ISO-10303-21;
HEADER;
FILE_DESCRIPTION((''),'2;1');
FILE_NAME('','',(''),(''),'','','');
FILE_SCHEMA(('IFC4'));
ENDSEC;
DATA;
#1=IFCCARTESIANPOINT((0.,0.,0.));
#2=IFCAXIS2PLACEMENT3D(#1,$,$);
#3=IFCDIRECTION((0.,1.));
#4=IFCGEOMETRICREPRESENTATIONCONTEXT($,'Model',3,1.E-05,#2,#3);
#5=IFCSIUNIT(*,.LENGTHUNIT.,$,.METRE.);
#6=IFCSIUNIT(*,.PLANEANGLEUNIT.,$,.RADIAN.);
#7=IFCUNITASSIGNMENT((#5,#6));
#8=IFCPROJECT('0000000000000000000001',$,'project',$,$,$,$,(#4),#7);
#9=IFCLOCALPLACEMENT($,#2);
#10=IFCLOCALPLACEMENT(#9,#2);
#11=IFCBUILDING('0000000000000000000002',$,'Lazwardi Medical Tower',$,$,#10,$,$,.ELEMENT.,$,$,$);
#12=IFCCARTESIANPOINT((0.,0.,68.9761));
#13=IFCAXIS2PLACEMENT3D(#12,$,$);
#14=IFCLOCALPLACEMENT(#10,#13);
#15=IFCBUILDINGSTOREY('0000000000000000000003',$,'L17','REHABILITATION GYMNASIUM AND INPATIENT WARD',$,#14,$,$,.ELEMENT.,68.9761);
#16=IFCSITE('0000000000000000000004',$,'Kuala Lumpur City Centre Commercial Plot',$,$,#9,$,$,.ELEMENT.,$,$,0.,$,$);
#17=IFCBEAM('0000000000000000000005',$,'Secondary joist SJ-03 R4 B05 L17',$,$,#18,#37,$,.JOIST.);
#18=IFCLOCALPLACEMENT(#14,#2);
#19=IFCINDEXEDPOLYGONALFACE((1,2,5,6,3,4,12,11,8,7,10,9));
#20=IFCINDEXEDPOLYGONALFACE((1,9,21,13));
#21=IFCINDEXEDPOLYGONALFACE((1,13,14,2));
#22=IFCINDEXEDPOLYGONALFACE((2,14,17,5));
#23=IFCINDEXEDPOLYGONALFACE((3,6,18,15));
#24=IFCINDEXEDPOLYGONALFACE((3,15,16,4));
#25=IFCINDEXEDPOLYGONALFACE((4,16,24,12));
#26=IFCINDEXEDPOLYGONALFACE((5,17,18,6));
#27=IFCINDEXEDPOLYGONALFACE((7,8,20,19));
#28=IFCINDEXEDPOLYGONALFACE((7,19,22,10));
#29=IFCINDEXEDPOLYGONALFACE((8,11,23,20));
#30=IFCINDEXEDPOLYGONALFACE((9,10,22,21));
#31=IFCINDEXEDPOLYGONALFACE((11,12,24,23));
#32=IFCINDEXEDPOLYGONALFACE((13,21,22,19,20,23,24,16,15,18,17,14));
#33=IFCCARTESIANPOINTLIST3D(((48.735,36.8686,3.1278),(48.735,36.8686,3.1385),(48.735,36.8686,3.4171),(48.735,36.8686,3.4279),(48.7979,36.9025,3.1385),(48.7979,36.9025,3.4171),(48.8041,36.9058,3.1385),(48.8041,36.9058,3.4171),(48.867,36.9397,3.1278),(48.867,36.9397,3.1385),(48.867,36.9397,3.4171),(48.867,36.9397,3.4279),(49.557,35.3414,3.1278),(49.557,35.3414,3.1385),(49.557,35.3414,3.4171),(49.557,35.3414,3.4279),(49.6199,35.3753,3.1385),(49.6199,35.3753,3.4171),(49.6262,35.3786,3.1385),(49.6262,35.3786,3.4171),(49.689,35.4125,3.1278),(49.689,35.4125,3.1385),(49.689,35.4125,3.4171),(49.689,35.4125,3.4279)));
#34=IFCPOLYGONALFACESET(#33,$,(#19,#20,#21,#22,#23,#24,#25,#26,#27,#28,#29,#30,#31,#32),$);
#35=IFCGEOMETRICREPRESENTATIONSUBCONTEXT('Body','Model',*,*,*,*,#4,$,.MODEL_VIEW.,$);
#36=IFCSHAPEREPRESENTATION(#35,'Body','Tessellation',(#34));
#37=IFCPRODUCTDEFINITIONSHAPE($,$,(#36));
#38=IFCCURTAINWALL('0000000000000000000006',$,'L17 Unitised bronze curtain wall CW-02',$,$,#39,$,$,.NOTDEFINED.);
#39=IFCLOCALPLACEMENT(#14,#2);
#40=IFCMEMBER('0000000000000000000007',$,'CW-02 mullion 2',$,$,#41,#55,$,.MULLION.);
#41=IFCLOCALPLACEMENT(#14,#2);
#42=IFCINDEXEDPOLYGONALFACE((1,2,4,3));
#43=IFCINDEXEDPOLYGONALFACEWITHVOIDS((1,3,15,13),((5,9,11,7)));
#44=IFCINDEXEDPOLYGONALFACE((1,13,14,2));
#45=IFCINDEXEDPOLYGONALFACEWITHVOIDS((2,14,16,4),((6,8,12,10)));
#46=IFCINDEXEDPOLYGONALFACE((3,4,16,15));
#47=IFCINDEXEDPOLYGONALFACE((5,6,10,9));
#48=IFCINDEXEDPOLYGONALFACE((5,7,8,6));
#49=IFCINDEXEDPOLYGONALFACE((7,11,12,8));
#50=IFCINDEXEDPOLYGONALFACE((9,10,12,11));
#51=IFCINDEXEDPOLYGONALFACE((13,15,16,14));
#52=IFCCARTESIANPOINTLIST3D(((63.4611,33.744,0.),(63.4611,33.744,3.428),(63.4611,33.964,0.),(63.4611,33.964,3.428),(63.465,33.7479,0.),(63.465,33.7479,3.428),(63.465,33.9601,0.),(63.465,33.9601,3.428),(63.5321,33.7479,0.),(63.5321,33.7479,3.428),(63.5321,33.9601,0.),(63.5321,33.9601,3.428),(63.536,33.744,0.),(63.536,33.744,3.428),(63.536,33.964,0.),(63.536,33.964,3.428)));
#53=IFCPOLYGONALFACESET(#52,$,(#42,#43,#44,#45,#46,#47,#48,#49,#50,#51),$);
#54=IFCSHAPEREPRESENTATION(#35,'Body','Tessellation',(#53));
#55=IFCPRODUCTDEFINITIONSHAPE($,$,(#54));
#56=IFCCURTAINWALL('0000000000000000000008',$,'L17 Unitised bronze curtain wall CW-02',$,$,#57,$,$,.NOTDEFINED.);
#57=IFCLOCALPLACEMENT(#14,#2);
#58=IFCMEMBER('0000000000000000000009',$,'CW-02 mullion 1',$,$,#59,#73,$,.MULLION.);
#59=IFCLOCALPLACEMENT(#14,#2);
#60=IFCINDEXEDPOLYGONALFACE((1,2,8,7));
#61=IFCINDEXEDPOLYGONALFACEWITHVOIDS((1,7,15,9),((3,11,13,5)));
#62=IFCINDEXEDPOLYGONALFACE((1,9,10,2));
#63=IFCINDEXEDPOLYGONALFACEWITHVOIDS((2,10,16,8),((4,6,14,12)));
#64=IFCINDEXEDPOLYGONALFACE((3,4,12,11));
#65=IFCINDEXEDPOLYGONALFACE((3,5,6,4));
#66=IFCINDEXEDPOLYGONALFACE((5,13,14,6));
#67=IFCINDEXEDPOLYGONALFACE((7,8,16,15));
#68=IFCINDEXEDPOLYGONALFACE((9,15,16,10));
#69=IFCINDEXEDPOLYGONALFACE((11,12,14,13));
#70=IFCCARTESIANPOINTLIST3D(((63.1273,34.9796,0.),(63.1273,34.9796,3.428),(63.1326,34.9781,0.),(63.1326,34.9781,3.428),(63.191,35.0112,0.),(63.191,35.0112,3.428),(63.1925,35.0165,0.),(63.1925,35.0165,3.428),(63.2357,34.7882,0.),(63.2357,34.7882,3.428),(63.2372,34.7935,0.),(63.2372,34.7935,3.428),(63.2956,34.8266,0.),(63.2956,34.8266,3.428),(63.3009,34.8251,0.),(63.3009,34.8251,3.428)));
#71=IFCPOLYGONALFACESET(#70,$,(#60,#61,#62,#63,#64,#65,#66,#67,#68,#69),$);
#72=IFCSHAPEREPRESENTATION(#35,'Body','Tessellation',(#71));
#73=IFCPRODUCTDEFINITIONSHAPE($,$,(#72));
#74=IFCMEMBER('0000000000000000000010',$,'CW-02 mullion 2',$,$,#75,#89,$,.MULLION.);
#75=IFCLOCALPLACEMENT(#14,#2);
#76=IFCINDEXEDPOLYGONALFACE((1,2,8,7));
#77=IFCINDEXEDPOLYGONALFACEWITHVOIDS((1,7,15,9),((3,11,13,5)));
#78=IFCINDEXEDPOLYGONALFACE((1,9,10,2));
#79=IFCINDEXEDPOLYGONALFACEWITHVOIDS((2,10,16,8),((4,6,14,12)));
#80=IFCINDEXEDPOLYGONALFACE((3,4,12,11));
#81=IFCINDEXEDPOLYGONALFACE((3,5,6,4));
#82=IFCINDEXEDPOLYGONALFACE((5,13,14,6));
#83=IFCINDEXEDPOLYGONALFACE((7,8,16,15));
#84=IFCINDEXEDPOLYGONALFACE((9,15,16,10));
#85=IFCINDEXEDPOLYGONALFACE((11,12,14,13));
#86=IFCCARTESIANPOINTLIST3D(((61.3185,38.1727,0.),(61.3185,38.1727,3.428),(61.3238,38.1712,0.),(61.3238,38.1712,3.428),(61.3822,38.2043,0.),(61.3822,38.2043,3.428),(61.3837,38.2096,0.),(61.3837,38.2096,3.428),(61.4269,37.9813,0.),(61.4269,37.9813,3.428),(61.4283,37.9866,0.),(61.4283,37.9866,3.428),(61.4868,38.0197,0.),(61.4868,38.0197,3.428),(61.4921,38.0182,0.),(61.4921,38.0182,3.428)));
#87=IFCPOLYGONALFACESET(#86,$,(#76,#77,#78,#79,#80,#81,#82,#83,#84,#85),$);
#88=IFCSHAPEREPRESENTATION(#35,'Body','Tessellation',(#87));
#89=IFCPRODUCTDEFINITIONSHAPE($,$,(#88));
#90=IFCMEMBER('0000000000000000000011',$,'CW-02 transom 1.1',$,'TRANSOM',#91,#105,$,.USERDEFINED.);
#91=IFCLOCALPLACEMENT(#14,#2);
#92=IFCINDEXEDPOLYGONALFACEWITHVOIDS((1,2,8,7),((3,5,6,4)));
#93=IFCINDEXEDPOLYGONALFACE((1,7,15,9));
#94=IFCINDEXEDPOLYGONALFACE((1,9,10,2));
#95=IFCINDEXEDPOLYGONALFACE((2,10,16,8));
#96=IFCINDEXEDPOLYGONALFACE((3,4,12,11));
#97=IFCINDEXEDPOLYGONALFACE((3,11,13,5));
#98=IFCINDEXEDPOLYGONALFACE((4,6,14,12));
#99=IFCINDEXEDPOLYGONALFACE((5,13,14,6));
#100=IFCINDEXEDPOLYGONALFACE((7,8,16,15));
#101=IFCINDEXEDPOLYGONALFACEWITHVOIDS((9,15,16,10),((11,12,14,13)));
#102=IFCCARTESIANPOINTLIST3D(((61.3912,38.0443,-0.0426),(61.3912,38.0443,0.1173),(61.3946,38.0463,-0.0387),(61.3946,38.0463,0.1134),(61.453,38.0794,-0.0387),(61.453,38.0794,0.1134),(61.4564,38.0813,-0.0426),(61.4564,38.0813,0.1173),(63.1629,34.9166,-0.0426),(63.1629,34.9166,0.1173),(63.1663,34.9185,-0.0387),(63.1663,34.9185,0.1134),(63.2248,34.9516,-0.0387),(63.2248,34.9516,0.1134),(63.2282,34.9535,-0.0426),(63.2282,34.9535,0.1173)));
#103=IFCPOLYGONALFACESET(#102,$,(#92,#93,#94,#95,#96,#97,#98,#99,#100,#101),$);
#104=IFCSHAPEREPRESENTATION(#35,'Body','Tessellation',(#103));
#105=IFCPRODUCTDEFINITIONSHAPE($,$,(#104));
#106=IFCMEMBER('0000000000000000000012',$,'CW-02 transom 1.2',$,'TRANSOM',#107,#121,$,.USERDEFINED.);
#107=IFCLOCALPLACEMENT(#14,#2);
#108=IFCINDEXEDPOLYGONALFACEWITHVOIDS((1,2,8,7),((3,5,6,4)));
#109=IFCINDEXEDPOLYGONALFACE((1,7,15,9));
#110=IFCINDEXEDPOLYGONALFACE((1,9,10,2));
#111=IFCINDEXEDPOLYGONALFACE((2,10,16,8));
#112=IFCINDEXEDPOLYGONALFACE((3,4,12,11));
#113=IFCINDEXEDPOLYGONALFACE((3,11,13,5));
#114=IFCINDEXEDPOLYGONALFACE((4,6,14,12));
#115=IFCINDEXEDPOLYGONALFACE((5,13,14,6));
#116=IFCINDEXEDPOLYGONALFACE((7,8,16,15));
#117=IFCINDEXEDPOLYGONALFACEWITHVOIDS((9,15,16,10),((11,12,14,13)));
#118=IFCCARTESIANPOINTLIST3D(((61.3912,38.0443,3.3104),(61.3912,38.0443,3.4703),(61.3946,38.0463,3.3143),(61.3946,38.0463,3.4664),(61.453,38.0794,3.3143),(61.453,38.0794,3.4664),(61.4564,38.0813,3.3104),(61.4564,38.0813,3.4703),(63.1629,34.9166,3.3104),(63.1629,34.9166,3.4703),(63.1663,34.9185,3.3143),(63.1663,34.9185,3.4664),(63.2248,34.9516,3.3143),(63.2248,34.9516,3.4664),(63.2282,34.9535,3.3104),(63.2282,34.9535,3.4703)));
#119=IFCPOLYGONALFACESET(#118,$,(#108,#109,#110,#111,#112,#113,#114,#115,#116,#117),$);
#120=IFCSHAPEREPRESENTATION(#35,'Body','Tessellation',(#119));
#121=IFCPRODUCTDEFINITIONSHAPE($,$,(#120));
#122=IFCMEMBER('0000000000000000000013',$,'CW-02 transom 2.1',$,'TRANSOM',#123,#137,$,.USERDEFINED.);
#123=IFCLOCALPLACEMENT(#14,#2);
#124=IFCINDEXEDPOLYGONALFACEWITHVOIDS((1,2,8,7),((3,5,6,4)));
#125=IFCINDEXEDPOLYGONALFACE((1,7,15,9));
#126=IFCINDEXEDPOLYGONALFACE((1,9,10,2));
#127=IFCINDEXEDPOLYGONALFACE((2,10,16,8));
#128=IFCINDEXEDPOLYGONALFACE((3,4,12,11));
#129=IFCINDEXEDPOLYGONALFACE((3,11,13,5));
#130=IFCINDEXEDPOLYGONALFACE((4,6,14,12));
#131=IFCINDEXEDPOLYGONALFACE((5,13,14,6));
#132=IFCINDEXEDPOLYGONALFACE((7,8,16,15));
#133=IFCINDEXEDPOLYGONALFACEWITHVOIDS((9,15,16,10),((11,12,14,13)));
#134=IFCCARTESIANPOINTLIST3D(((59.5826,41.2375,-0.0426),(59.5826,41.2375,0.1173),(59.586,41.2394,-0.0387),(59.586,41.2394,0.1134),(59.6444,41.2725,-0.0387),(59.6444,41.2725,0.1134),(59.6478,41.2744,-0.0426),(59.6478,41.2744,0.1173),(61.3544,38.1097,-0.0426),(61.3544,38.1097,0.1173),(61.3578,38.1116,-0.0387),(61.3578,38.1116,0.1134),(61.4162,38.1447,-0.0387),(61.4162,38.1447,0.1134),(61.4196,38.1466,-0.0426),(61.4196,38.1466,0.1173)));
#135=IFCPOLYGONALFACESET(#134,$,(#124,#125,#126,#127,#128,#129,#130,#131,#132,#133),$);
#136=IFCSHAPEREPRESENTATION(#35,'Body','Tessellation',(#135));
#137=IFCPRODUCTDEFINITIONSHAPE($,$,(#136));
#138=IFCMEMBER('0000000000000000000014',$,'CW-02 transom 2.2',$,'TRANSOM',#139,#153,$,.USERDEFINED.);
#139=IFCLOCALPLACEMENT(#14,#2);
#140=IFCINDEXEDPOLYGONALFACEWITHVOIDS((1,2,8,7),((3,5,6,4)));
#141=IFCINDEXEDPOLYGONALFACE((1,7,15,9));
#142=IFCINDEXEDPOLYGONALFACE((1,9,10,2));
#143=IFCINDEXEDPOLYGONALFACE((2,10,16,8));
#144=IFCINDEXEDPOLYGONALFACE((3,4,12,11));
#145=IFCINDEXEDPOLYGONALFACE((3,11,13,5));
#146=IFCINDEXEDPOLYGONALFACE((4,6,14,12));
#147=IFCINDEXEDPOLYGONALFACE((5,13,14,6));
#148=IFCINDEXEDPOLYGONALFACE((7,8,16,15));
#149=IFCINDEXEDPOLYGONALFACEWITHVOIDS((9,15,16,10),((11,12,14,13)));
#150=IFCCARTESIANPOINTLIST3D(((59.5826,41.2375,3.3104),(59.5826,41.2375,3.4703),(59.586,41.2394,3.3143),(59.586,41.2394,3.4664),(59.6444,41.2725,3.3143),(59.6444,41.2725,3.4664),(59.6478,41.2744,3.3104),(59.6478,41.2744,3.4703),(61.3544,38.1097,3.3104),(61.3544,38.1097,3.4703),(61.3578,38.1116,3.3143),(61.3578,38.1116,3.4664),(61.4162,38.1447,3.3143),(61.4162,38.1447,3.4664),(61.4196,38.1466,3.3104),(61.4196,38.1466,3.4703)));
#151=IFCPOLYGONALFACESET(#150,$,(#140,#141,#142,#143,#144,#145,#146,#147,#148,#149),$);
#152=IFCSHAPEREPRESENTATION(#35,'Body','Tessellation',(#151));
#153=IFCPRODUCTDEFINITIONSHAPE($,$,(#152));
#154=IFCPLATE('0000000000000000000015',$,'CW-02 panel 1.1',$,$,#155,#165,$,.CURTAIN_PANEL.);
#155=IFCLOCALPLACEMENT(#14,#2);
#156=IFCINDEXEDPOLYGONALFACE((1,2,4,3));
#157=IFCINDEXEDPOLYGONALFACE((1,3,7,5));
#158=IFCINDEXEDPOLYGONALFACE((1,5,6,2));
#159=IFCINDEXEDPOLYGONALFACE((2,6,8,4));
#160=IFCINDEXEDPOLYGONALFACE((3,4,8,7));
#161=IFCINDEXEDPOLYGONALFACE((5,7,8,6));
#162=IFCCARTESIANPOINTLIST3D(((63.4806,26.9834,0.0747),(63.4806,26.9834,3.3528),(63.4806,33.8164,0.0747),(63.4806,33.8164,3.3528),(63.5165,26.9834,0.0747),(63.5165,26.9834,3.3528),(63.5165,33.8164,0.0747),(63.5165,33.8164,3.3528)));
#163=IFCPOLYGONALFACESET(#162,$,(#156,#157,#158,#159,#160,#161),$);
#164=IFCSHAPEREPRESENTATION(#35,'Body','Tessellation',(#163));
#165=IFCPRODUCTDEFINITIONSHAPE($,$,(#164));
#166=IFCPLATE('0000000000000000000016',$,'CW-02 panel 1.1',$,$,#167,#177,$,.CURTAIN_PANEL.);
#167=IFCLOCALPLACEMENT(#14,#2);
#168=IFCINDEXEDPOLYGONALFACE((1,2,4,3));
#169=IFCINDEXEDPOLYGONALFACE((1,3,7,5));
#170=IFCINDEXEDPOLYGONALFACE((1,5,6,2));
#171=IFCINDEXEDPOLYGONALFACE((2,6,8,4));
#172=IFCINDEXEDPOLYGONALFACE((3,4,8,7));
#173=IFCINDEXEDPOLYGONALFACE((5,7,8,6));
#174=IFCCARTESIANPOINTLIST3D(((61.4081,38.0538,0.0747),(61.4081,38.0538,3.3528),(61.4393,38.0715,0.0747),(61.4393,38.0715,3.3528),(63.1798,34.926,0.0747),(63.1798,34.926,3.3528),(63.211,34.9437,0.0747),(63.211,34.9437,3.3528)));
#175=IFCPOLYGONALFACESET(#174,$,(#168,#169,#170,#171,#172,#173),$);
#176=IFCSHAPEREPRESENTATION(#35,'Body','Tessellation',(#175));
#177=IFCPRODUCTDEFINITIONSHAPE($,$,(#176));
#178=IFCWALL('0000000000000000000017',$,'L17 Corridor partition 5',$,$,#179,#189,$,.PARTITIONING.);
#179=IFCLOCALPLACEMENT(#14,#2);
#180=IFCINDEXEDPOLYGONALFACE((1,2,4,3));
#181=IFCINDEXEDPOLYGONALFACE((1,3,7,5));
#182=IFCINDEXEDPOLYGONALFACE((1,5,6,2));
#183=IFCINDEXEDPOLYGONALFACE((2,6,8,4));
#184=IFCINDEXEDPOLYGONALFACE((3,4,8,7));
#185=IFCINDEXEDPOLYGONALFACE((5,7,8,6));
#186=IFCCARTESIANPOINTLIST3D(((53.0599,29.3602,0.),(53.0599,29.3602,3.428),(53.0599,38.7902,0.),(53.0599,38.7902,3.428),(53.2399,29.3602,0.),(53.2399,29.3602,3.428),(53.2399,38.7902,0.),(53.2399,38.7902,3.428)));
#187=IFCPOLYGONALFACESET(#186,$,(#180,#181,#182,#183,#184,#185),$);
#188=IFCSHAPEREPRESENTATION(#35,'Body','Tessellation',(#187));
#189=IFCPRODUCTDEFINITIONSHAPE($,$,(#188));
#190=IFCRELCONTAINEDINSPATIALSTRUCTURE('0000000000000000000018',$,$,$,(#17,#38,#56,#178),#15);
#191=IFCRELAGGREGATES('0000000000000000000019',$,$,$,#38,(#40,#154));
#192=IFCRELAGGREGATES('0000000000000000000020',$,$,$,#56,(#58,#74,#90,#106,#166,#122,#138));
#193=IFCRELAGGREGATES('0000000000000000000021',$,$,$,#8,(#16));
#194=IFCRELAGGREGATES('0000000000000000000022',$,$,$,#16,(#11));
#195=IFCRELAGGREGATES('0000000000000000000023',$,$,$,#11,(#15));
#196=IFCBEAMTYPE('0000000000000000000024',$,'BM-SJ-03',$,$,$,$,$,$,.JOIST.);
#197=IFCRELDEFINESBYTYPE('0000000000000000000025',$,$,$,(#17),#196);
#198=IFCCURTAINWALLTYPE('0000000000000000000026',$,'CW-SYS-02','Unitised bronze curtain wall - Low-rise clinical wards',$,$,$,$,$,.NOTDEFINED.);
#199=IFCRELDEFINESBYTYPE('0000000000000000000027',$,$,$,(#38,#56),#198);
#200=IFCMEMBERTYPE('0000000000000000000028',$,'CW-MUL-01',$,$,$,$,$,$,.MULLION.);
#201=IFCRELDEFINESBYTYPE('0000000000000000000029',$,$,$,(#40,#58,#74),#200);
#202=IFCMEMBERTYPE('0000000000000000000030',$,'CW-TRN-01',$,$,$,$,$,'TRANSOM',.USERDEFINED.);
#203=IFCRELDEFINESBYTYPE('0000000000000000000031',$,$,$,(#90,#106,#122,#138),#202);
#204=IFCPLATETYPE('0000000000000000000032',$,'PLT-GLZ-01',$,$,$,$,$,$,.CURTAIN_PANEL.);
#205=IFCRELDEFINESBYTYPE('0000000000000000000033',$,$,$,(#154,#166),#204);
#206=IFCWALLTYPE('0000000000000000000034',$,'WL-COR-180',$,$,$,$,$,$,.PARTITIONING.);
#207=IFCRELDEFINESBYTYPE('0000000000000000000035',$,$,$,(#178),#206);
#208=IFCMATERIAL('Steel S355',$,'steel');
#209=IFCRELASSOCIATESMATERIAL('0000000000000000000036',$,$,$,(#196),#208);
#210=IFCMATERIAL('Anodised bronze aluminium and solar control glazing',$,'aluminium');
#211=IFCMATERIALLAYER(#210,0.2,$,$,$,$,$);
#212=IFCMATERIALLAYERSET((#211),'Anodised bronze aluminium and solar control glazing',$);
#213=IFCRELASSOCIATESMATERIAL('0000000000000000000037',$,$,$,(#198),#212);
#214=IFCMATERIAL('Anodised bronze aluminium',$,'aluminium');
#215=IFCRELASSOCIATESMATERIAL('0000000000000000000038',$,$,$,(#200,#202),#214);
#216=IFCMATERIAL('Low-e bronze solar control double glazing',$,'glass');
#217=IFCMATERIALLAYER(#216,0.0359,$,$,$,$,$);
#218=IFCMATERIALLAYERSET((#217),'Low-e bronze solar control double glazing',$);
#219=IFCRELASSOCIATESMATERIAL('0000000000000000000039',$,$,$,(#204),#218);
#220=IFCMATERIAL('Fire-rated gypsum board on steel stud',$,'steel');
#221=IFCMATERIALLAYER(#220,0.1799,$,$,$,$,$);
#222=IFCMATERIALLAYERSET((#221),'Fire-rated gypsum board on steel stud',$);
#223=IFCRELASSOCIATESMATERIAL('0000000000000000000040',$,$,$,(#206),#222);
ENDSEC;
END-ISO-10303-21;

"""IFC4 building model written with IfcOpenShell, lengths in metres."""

from ifc_helpers import new_model, si_unit, direction, frame, frame_2d, origin, origin_2d, place, context, subcontext, project, spatial, rectangle, hollow_rectangle, i_section, extrude, material, layer, layer_set, material_profile, profile_set, type_object, element, aggregate, save


model = new_model("IFC4")

# Units and contexts
model_context = context("Model", 3, precision=1e-05, world=origin(), true_north=direction((0.0, 1.0)))
body_context = subcontext(model_context, "Body", "Model", "MODEL_VIEW")
ifc_project = project(units=[si_unit("LENGTHUNIT", "METRE"), si_unit("PLANEANGLEUNIT", "RADIAN")], contexts=[model_context])

# Site, building, storey
site_placement = place(None, origin())
site = spatial("IfcSite", under=ifc_project, at=site_placement, Name="Kuala Lumpur City Centre Commercial Plot", CompositionType="ELEMENT", RefElevation=0.0)
building_placement = place(site_placement, origin())
building = spatial("IfcBuilding", under=site, at=building_placement, Name="Lazwardi Medical Tower", CompositionType="ELEMENT")
storey_placement = place(building_placement, frame((0.0, 0.0, 68.9761)))
storey = spatial("IfcBuildingStorey", under=building, at=storey_placement, Name="L17", Description="REHABILITATION GYMNASIUM AND INPATIENT WARD", CompositionType="ELEMENT", Elevation=68.9761)

# Beam
ifc_material_1 = material(Name="Steel S355", Category="steel")
ifc_material_profile_1 = material_profile(ifc_material_1, i_section(OverallWidth=0.1499, OverallDepth=0.3, WebThickness=0.0071, FlangeThickness=0.0107, at=origin_2d()), Name="IPE 300")
ifc_profile_set_1 = profile_set([ifc_material_profile_1], Name="Steel S355")
beam_type_1 = type_object("IfcBeamType", Name="BM-SJ-03", PredefinedType="JOIST", material=ifc_profile_set_1)
beam_1_placement = place(storey_placement, frame((49.623, 35.377, 3.2778), z_axis=(-0.473982, 0.880534, 0.0), x_axis=(-0.880534, -0.473982, 0.0)))
element("IfcBeam", 1, at=beam_1_placement, inside=storey, type_object=beam_type_1, Name="Secondary joist SJ-03 R4 B05 L17", PredefinedType="JOIST", context=body_context, shape_type="SweptSolid", body=[
    extrude(i_section(OverallWidth=0.1499, OverallDepth=0.3, WebThickness=0.0071, FlangeThickness=0.0107, at=origin_2d()), origin(), (0.0, 0.0, 1.0), 1.7344),
])

# Curtain wall, member
ifc_material_2 = material(Name="Anodised bronze aluminium and solar control glazing", Category="aluminium")
ifc_layer_1 = layer(ifc_material_2, 0.2)
ifc_layer_set_1 = layer_set([ifc_layer_1], Name="Anodised bronze aluminium and solar control glazing")
curtain_wall_type = type_object("IfcCurtainWallType", Name="CW-SYS-02", Description="Unitised bronze curtain wall - Low-rise clinical wards", PredefinedType="NOTDEFINED", material=ifc_layer_set_1)
curtain_wall_1_placement = place(storey_placement, origin())
curtain_wall_1 = element("IfcCurtainWall", 2, at=curtain_wall_1_placement, inside=storey, type_object=curtain_wall_type, Name="L17 Unitised bronze curtain wall CW-02", PredefinedType="NOTDEFINED")
ifc_material_3 = material(Name="Anodised bronze aluminium", Category="aluminium")
ifc_material_profile_2 = material_profile(ifc_material_3, hollow_rectangle(XDim=0.075, YDim=0.22, WallThickness=0.0039, at=origin_2d()), Name="ALU-MULLION 220x75x4")
ifc_profile_set_2 = profile_set([ifc_material_profile_2], Name="Anodised bronze aluminium")
member_type_1 = type_object("IfcMemberType", Name="CW-MUL-01", PredefinedType="MULLION", material=ifc_profile_set_2)
member_1_placement = place(storey_placement, frame((63.4985, 33.854, 0.0), z_axis=(0.0, 0.0, 1.0), x_axis=(-1.0, 0.0, 0.0)))
member_1 = element("IfcMember", 3, at=member_1_placement, type_object=member_type_1, Name="CW-02 mullion 2", PredefinedType="MULLION", context=body_context, shape_type="SweptSolid", body=[
    extrude(hollow_rectangle(XDim=0.075, YDim=0.22, WallThickness=0.0039, at=origin_2d()), origin(), (0.0, 0.0, 1.0), 3.428),
])

# Curtain wall, members
curtain_wall_2_placement = place(storey_placement, origin())
curtain_wall_2 = element("IfcCurtainWall", 4, at=curtain_wall_2_placement, inside=storey, type_object=curtain_wall_type, Name="L17 Unitised bronze curtain wall CW-02", PredefinedType="NOTDEFINED")
member_2_placement = place(storey_placement, frame((63.2141, 34.9023, 0.0), z_axis=(0.0, 0.0, 1.0), x_axis=(-0.870112, -0.492854, 0.0)))
member_2 = element("IfcMember", 5, at=member_2_placement, type_object=member_type_1, Name="CW-02 mullion 1", PredefinedType="MULLION", context=body_context, shape_type="SweptSolid", body=[
    extrude(hollow_rectangle(XDim=0.075, YDim=0.22, WallThickness=0.0039, at=origin_2d()), origin(), (0.0, 0.0, 1.0), 3.428),
])
member_3_placement = place(storey_placement, frame((61.4053, 38.0955, 0.0), z_axis=(0.0, 0.0, 1.0), x_axis=(-0.870112, -0.492854, 0.0)))
member_3 = element("IfcMember", 6, at=member_3_placement, type_object=member_type_1, Name="CW-02 mullion 2", PredefinedType="MULLION", context=body_context, shape_type="SweptSolid", body=[
    extrude(hollow_rectangle(XDim=0.075, YDim=0.22, WallThickness=0.0039, at=origin_2d()), origin(), (0.0, 0.0, 1.0), 3.428),
])
ifc_material_profile_3 = material_profile(ifc_material_3, hollow_rectangle(XDim=0.075, YDim=0.1599, WallThickness=0.0039, at=origin_2d()), Name="ALU-TRANSOM 160x75x4")
ifc_profile_set_3 = profile_set([ifc_material_profile_3], Name="Anodised bronze aluminium")
member_type_2 = type_object("IfcMemberType", Name="CW-TRN-01", ElementType="TRANSOM", PredefinedType="USERDEFINED", material=ifc_profile_set_3)
member_4_placement = place(storey_placement, frame((63.1956, 34.9351, 0.0374), z_axis=(-0.492881, 0.870097, 0.0), x_axis=(-0.870097, -0.492881, 0.0)))
member_4 = element("IfcMember", 7, at=member_4_placement, type_object=member_type_2, Name="CW-02 transom 1.1", ObjectType="TRANSOM", PredefinedType="USERDEFINED", context=body_context, shape_type="SweptSolid", body=[
    extrude(hollow_rectangle(XDim=0.075, YDim=0.1599, WallThickness=0.0039, at=origin_2d()), origin(), (0.0, 0.0, 1.0), 3.5947),
])
member_5_placement = place(storey_placement, frame((63.1956, 34.9351, 3.3904), z_axis=(-0.492881, 0.870097, 0.0), x_axis=(-0.870097, -0.492881, 0.0)))
member_5 = element("IfcMember", 8, at=member_5_placement, type_object=member_type_2, Name="CW-02 transom 1.2", ObjectType="TRANSOM", PredefinedType="USERDEFINED", context=body_context, shape_type="SweptSolid", body=[
    extrude(hollow_rectangle(XDim=0.075, YDim=0.1599, WallThickness=0.0039, at=origin_2d()), origin(), (0.0, 0.0, 1.0), 3.5947),
])
member_6_placement = place(storey_placement, frame((61.387, 38.1282, 0.0374), z_axis=(-0.492881, 0.870097, 0.0), x_axis=(-0.870097, -0.492881, 0.0)))
member_6 = element("IfcMember", 9, at=member_6_placement, type_object=member_type_2, Name="CW-02 transom 2.1", ObjectType="TRANSOM", PredefinedType="USERDEFINED", context=body_context, shape_type="SweptSolid", body=[
    extrude(hollow_rectangle(XDim=0.075, YDim=0.1599, WallThickness=0.0039, at=origin_2d()), origin(), (0.0, 0.0, 1.0), 3.5947),
])
member_7_placement = place(storey_placement, frame((61.387, 38.1282, 3.3904), z_axis=(-0.492881, 0.870097, 0.0), x_axis=(-0.870097, -0.492881, 0.0)))
member_7 = element("IfcMember", 10, at=member_7_placement, type_object=member_type_2, Name="CW-02 transom 2.2", ObjectType="TRANSOM", PredefinedType="USERDEFINED", context=body_context, shape_type="SweptSolid", body=[
    extrude(hollow_rectangle(XDim=0.075, YDim=0.1599, WallThickness=0.0039, at=origin_2d()), origin(), (0.0, 0.0, 1.0), 3.5947),
])

# Plates
ifc_material_4 = material(Name="Low-e bronze solar control double glazing", Category="glass")
ifc_layer_2 = layer(ifc_material_4, 0.0359)
ifc_layer_set_2 = layer_set([ifc_layer_2], Name="Low-e bronze solar control double glazing")
plate_type = type_object("IfcPlateType", Name="PLT-GLZ-01", PredefinedType="CURTAIN_PANEL", material=ifc_layer_set_2)
plate_1_placement = place(storey_placement, frame((63.4985, 30.3999, 0.0747), z_axis=(0.0, 0.0, 1.0), x_axis=(0.0, 1.0, 0.0)))
plate_1 = element("IfcPlate", 11, at=plate_1_placement, type_object=plate_type, Name="CW-02 panel 1.1", PredefinedType="CURTAIN_PANEL", context=body_context, shape_type="SweptSolid", body=[
    extrude(rectangle(XDim=6.833, YDim=0.0359, at=origin_2d()), origin(), (0.0, 0.0, 1.0), 3.2781),
])
aggregate(curtain_wall_1, [member_1, plate_1])
plate_2_placement = place(storey_placement, frame((62.3096, 36.4988, 0.0747), z_axis=(0.0, 0.0, 1.0), x_axis=(-0.492854, 0.870112, 0.0)))
plate_2 = element("IfcPlate", 12, at=plate_2_placement, type_object=plate_type, Name="CW-02 panel 1.1", PredefinedType="CURTAIN_PANEL", context=body_context, shape_type="SweptSolid", body=[
    extrude(rectangle(XDim=3.5947, YDim=0.0359, at=origin_2d()), origin(), (0.0, 0.0, 1.0), 3.2781),
])
aggregate(curtain_wall_2, [member_2, member_3, member_4, member_5, plate_2, member_6, member_7])

# Wall
ifc_material_5 = material(Name="Fire-rated gypsum board on steel stud", Category="steel")
ifc_layer_3 = layer(ifc_material_5, 0.1799)
ifc_layer_set_3 = layer_set([ifc_layer_3], Name="Fire-rated gypsum board on steel stud")
wall_type_1 = type_object("IfcWallType", Name="WL-COR-180", PredefinedType="PARTITIONING", material=ifc_layer_set_3)
wall_1_placement = place(storey_placement, frame((53.1499, 38.79, 0.0), z_axis=(0.0, 0.0, 1.0), x_axis=(0.0, -1.0, 0.0)))
element("IfcWall", 13, at=wall_1_placement, inside=storey, type_object=wall_type_1, Name="L17 Corridor partition 5", PredefinedType="PARTITIONING", context=body_context, shape_type="SweptSolid", body=[
    extrude(rectangle(XDim=9.4299, YDim=0.1799, at=frame_2d((4.7148, 0.0))), origin(), (0.0, 0.0, 1.0), 3.428),
])

save(model, "model.ifc")
